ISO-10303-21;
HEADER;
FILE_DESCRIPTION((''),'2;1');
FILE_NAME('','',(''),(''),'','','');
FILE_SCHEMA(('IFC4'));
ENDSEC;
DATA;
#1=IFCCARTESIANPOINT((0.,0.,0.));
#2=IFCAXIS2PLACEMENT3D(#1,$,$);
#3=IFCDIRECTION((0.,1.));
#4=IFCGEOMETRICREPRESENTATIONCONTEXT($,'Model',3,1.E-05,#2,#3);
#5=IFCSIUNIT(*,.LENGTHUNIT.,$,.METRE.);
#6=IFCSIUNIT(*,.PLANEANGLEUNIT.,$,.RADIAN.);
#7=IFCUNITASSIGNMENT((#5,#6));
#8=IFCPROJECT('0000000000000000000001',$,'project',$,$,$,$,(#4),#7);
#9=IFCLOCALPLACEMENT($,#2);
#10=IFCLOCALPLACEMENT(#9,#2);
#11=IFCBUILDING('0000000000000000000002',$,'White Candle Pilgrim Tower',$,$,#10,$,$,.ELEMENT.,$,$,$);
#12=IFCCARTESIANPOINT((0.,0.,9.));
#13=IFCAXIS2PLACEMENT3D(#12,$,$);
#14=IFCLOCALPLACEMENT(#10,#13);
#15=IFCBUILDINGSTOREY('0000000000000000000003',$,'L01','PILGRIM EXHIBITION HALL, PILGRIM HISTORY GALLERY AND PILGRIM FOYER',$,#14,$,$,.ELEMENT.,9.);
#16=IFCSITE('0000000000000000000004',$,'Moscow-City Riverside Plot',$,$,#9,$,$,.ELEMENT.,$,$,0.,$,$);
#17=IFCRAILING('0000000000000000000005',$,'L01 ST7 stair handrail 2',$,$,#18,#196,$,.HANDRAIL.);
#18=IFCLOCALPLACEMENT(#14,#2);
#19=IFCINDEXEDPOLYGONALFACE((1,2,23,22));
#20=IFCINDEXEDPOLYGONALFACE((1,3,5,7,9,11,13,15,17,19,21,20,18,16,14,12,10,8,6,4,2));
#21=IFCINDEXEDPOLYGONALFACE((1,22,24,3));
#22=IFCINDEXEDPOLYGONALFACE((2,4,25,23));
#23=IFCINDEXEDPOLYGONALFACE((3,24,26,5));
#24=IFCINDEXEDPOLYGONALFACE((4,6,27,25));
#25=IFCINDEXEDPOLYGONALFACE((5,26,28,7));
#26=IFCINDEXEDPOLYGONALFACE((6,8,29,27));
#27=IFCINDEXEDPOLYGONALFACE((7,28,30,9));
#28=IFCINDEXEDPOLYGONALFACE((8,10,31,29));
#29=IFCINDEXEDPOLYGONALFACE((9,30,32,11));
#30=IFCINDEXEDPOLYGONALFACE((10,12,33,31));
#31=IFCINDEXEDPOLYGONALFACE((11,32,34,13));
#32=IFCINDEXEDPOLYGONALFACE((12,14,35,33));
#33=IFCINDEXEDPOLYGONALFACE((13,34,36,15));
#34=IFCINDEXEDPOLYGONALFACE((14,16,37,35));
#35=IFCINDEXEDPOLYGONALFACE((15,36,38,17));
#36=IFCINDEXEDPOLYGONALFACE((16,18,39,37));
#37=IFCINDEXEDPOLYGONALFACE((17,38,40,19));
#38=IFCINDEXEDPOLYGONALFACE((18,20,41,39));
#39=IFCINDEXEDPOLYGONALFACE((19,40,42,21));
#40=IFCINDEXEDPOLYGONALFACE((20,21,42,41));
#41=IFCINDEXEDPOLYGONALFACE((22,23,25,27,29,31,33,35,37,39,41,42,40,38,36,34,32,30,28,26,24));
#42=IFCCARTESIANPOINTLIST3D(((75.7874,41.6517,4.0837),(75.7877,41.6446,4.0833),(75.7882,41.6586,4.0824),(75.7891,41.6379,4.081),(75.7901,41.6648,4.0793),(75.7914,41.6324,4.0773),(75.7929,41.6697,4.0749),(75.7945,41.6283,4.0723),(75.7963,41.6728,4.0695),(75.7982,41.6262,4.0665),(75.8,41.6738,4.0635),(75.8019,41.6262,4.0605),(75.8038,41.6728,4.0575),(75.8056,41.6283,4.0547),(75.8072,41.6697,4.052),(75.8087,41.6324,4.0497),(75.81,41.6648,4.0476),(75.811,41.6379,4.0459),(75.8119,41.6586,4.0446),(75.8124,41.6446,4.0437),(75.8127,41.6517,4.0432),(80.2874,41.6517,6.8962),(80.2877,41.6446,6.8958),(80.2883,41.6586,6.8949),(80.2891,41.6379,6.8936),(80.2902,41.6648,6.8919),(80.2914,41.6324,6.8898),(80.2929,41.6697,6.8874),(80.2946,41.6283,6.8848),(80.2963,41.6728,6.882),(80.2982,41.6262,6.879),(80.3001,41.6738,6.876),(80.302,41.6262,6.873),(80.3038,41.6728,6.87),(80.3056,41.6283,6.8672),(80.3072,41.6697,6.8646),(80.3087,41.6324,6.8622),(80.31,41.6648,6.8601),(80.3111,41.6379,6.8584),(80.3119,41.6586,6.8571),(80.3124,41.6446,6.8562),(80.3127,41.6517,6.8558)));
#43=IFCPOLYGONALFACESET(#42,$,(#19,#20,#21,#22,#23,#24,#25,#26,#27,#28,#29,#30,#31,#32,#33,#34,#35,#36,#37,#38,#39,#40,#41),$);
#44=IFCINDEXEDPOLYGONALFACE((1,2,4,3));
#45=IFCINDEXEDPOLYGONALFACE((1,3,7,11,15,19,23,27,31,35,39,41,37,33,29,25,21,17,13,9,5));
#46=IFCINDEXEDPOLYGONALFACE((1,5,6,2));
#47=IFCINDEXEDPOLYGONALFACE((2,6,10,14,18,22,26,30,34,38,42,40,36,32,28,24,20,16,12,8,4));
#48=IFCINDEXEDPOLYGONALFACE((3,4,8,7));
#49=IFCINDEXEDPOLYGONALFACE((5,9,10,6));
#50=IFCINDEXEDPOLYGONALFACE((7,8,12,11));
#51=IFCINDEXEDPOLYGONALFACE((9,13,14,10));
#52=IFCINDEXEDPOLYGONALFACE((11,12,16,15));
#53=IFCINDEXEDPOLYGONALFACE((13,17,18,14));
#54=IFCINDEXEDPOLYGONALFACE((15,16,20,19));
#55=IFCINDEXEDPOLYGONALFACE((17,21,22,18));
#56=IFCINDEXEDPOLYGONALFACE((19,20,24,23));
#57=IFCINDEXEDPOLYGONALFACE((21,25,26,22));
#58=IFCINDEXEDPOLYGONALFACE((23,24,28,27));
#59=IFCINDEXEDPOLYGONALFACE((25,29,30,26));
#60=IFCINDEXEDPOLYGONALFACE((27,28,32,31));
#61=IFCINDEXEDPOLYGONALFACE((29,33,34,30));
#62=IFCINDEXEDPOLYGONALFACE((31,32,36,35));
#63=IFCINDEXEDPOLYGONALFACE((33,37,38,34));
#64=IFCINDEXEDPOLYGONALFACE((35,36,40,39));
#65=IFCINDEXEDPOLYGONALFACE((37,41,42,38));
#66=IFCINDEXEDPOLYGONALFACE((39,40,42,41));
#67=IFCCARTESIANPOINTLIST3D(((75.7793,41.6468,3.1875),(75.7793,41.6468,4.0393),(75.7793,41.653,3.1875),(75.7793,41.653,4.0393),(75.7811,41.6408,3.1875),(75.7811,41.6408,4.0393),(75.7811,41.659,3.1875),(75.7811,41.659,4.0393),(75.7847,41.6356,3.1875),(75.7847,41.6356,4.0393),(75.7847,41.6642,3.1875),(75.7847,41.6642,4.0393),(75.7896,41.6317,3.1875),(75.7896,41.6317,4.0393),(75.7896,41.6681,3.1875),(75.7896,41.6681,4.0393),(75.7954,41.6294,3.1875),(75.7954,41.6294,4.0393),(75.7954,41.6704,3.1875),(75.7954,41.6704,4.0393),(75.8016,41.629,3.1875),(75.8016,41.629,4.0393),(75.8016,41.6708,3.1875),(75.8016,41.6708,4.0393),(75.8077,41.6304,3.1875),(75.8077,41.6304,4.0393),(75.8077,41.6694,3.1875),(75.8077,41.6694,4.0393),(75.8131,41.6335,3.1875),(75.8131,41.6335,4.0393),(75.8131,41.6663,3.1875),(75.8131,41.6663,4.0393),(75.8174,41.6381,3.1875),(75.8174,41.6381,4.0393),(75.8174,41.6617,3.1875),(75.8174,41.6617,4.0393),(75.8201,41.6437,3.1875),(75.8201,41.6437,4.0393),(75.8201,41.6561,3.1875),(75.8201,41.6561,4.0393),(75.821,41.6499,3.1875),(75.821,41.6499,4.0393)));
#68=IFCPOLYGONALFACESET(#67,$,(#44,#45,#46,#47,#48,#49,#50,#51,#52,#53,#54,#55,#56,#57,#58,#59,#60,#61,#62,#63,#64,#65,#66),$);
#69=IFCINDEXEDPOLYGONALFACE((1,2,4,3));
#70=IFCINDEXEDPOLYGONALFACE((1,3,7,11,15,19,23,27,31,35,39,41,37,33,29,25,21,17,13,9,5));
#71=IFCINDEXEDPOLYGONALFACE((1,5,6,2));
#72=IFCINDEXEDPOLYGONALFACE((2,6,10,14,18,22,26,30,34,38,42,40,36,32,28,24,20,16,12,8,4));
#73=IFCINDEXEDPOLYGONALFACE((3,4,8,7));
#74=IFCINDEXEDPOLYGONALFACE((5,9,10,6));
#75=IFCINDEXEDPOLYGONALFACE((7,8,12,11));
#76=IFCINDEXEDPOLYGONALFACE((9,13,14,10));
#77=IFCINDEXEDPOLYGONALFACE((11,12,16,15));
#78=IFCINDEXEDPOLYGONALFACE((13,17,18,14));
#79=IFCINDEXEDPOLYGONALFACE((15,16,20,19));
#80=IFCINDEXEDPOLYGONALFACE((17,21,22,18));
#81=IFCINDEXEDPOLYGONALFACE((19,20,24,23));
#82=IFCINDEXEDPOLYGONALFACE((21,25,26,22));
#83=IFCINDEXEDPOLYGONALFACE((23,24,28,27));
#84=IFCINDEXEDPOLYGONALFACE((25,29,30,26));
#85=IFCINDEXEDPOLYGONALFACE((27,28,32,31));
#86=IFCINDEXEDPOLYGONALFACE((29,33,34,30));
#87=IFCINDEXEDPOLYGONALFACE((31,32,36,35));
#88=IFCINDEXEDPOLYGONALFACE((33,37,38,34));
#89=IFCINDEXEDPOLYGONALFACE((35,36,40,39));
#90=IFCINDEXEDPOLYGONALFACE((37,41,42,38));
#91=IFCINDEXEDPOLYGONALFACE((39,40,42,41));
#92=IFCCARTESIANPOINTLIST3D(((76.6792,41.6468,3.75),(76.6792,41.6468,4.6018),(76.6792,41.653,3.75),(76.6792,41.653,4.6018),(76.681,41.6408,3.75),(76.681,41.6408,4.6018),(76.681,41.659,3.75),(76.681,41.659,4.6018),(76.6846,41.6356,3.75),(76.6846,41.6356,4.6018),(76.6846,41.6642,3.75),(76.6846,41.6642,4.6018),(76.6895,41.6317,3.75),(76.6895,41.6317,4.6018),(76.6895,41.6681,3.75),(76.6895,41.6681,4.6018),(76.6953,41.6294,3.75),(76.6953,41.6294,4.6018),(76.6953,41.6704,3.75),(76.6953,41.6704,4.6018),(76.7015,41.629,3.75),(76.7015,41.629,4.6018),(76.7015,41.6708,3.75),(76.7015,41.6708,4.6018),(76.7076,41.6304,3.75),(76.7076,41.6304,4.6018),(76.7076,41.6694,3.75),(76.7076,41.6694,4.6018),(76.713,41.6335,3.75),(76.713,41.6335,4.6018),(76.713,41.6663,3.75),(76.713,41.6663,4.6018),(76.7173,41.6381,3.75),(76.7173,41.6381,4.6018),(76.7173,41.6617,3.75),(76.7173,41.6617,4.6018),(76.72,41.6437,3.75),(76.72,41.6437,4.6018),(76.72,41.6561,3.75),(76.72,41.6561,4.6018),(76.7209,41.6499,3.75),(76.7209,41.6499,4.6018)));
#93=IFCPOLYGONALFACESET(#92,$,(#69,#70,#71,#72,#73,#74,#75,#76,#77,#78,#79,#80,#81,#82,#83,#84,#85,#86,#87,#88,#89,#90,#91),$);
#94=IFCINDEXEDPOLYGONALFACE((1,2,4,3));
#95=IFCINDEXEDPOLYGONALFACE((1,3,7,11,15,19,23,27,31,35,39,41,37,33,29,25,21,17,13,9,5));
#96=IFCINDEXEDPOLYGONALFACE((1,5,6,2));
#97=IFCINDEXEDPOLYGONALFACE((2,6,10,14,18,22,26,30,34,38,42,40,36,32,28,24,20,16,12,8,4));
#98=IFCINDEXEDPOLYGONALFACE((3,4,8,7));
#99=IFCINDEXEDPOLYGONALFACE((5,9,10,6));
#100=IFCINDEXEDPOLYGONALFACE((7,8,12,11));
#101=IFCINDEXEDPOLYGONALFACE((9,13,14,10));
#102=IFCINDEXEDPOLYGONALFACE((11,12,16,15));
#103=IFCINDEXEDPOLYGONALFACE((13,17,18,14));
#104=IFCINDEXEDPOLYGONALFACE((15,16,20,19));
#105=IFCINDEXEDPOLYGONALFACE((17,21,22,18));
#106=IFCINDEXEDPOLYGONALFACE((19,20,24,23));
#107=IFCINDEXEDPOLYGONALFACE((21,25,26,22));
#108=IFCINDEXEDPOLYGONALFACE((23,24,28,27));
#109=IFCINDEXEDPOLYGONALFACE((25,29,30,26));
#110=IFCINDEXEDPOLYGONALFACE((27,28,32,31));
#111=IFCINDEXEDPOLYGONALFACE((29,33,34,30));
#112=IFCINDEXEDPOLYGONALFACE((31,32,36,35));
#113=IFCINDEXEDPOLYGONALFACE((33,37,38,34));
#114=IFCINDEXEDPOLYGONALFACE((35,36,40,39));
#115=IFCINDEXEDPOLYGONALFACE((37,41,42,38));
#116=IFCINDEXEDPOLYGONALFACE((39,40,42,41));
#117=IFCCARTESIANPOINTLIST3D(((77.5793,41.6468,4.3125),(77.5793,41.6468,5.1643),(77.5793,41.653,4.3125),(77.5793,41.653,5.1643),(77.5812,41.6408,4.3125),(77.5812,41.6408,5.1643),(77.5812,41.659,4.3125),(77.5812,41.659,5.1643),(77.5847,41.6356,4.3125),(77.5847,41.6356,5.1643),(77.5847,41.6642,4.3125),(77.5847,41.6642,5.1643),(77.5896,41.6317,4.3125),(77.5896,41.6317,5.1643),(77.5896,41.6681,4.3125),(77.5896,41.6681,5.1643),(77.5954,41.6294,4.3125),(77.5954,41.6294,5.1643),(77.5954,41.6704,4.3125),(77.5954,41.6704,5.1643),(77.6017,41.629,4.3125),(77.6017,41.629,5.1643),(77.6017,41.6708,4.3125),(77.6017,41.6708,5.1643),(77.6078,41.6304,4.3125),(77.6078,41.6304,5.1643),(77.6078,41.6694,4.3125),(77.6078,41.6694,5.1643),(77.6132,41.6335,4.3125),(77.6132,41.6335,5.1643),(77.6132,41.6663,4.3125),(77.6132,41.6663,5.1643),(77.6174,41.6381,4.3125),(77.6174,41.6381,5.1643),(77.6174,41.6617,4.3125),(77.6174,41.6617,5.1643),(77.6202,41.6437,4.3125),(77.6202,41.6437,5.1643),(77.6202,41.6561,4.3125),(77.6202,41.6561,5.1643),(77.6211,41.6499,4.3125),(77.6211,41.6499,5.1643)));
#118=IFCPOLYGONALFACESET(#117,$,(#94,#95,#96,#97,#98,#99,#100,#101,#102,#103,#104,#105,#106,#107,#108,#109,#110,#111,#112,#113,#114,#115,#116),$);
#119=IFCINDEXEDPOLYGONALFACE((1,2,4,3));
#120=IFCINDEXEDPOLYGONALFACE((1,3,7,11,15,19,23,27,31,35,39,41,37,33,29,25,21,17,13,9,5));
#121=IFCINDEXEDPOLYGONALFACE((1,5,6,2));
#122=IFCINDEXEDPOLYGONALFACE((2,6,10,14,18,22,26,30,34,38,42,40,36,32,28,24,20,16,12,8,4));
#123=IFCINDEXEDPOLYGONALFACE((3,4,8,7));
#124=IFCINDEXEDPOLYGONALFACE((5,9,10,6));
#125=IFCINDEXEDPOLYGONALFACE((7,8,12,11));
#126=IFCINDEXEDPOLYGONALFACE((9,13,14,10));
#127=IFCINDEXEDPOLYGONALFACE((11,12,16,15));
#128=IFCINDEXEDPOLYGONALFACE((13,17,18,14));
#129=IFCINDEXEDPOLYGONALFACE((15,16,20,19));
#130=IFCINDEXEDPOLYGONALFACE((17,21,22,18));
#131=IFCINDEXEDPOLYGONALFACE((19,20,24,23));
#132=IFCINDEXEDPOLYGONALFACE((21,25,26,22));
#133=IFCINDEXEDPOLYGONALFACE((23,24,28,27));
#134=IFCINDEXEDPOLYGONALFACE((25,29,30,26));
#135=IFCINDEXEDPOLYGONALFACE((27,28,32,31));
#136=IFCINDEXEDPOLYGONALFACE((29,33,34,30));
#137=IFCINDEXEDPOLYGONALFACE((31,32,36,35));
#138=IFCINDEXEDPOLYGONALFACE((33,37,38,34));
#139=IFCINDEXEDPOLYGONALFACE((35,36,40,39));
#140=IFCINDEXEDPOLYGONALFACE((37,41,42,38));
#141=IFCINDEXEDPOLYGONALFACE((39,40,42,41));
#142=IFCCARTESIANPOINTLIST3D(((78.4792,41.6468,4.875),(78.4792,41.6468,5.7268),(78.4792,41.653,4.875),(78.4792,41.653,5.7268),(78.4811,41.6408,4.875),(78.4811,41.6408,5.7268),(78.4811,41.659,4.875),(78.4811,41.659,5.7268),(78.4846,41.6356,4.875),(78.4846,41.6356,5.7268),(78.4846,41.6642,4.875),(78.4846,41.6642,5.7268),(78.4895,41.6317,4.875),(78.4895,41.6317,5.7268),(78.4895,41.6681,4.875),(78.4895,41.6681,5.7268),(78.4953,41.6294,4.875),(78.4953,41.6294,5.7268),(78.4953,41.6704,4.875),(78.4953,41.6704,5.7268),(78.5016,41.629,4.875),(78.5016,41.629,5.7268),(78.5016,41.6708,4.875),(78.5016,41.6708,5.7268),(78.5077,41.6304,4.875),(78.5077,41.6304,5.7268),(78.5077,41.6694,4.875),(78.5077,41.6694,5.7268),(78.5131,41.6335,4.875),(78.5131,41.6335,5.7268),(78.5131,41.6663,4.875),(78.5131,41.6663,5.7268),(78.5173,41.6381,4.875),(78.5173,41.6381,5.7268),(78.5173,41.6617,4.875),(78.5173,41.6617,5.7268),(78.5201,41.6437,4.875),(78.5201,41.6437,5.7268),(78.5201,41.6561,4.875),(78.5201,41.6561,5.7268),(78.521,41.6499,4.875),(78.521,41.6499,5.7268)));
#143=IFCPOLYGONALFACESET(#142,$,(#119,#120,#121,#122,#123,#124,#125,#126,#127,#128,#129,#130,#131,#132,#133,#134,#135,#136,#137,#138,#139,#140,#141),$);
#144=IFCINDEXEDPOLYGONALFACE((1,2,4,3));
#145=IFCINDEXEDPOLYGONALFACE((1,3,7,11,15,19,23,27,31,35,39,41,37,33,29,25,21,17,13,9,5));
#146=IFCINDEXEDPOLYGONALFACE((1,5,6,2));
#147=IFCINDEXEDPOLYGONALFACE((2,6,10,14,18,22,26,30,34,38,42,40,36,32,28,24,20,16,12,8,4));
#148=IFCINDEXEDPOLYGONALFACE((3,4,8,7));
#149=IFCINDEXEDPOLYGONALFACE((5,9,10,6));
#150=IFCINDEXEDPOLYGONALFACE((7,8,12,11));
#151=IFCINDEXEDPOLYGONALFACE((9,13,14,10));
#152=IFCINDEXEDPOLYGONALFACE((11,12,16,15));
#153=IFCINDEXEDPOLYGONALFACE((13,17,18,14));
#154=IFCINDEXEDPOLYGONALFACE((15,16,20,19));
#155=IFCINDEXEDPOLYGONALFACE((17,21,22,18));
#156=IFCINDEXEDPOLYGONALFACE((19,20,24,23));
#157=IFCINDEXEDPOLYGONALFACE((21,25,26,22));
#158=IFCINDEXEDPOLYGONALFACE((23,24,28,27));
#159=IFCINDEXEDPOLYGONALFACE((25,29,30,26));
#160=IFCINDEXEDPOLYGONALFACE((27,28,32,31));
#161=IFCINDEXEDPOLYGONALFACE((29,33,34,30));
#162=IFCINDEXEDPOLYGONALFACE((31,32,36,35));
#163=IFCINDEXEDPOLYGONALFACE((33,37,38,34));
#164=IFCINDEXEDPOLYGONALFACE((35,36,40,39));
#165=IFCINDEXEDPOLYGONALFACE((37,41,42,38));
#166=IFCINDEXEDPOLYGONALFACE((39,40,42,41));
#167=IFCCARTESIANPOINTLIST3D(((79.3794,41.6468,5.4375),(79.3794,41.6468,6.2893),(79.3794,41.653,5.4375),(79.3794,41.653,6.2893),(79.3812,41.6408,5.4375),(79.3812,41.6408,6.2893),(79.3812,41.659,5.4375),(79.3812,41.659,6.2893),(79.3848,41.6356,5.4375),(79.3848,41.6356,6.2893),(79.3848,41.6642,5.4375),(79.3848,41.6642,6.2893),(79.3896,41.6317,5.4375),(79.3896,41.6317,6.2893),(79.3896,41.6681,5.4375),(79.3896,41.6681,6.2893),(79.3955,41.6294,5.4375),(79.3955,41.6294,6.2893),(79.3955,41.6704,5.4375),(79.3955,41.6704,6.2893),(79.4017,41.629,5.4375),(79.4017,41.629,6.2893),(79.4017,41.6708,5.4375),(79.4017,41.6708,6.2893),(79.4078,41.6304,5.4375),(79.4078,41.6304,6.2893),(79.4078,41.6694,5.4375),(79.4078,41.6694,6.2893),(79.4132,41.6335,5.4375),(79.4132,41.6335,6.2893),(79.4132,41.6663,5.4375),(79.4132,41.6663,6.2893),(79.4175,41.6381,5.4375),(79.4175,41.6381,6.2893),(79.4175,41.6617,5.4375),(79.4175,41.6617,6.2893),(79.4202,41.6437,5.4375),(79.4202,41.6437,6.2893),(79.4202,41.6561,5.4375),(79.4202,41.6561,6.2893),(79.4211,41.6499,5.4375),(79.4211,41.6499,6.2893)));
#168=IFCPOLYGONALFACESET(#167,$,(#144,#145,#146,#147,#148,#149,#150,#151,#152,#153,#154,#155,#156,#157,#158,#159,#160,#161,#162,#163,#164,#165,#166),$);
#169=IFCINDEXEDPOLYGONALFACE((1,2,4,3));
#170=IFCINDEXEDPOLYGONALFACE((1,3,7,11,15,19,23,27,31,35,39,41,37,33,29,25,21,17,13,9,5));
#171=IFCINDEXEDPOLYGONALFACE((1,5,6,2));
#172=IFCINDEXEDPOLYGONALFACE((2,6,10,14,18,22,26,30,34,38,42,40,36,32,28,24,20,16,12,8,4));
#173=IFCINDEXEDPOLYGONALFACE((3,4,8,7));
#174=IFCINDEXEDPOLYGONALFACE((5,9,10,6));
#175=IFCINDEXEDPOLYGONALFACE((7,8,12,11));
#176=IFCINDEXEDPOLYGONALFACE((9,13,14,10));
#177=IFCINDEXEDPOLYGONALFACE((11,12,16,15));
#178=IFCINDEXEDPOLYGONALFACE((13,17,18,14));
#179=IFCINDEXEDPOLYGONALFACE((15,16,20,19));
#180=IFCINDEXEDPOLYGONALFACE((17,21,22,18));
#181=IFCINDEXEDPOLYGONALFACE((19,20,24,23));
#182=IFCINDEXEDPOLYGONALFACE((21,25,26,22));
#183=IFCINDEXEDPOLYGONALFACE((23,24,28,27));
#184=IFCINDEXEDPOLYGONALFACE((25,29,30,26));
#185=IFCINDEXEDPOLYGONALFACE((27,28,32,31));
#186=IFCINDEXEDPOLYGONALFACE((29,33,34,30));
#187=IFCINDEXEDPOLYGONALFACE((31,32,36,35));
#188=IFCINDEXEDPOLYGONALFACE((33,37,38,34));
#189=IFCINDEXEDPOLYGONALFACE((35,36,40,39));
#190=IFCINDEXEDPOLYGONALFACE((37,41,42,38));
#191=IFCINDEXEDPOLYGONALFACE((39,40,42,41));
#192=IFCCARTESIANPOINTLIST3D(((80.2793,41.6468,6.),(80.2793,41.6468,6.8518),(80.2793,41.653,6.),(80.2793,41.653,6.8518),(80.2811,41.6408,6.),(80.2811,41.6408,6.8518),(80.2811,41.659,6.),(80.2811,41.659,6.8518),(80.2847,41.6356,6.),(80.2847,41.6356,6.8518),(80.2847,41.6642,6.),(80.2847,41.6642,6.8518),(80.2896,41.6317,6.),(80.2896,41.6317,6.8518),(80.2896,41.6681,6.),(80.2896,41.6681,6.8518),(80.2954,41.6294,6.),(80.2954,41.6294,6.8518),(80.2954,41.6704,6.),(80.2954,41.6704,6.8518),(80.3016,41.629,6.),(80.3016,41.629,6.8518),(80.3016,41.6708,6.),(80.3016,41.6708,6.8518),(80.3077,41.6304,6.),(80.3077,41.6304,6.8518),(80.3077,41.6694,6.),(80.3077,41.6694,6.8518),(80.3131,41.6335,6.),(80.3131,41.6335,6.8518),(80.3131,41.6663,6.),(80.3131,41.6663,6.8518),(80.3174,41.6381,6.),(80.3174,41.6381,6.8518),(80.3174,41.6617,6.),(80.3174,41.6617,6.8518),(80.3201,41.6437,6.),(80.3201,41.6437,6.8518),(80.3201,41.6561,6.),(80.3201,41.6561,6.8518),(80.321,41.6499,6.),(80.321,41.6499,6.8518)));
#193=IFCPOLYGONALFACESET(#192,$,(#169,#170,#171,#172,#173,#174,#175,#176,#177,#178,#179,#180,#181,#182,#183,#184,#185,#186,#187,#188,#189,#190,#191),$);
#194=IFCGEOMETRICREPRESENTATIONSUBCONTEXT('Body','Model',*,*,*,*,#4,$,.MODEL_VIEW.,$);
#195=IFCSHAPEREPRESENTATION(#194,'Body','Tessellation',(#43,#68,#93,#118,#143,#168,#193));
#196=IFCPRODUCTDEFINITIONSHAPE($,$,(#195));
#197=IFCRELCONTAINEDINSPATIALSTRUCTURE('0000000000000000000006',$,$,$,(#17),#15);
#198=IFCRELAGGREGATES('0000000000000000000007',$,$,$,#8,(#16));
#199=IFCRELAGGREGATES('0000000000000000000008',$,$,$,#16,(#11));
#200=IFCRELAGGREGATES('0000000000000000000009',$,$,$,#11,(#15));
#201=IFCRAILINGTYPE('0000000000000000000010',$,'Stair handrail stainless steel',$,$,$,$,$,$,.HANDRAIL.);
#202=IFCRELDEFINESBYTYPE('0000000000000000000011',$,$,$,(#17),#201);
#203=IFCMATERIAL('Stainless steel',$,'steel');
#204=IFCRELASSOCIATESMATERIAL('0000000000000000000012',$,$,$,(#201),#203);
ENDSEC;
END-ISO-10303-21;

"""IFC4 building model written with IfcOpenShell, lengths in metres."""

from ifc_helpers import new_model, si_unit, direction, frame, origin, origin_2d, place, context, subcontext, project, spatial, circle, extrude, material, type_object, element, save


model = new_model("IFC4")

# Units and contexts
model_context = context("Model", 3, precision=1e-05, world=origin(), true_north=direction((0.0, 1.0)))
body_context = subcontext(model_context, "Body", "Model", "MODEL_VIEW")
ifc_project = project(units=[si_unit("LENGTHUNIT", "METRE"), si_unit("PLANEANGLEUNIT", "RADIAN")], contexts=[model_context])

# Site, building, storey
site_placement = place(None, origin())
site = spatial("IfcSite", under=ifc_project, at=site_placement, Name="Moscow-City Riverside Plot", CompositionType="ELEMENT", RefElevation=0.0)
building_placement = place(site_placement, origin())
building = spatial("IfcBuilding", under=site, at=building_placement, Name="White Candle Pilgrim Tower", CompositionType="ELEMENT")
storey_placement = place(building_placement, frame((0.0, 0.0, 9.0)))
storey = spatial("IfcBuildingStorey", under=building, at=storey_placement, Name="L01", Description="PILGRIM EXHIBITION HALL, PILGRIM HISTORY GALLERY AND PILGRIM FOYER", CompositionType="ELEMENT", Elevation=9.0)

# Railing
ifc_material_1 = material(Name="Stainless steel", Category="steel")
railing_type_1 = type_object("IfcRailingType", Name="Stair handrail stainless steel", PredefinedType="HANDRAIL", material=ifc_material_1)
railing_1_placement = place(storey_placement, frame((75.8, 41.6499, 3.1875)))
element("IfcRailing", 1, at=railing_1_placement, inside=storey, type_object=railing_type_1, Name="L01 ST7 stair handrail 2", PredefinedType="HANDRAIL", context=body_context, shape_type="SweptSolid", body=[
    extrude(circle(Radius=0.0239, at=origin_2d()), frame((0.0, 0.0, 0.876), z_axis=(0.847998, 0.0, 0.529999), x_axis=(0.0, 1.0, 0.0)), (0.0, 0.0, 1.0), 5.3066),
    extrude(circle(Radius=0.021, at=origin_2d()), origin(), (0.0, 0.0, 1.0), 0.8518),
    extrude(circle(Radius=0.021, at=origin_2d()), frame((0.8999, 0.0, 0.5625)), (0.0, 0.0, 1.0), 0.8518),
    extrude(circle(Radius=0.021, at=origin_2d()), frame((1.8, 0.0, 1.125)), (0.0, 0.0, 1.0), 0.8518),
    extrude(circle(Radius=0.021, at=origin_2d()), frame((2.7, 0.0, 1.6875)), (0.0, 0.0, 1.0), 0.8518),
    extrude(circle(Radius=0.021, at=origin_2d()), frame((3.6001, 0.0, 2.25)), (0.0, 0.0, 1.0), 0.8518),
    extrude(circle(Radius=0.021, at=origin_2d()), frame((4.5, 0.0, 2.8125)), (0.0, 0.0, 1.0), 0.8518),
])

save(model, "model.ifc")
